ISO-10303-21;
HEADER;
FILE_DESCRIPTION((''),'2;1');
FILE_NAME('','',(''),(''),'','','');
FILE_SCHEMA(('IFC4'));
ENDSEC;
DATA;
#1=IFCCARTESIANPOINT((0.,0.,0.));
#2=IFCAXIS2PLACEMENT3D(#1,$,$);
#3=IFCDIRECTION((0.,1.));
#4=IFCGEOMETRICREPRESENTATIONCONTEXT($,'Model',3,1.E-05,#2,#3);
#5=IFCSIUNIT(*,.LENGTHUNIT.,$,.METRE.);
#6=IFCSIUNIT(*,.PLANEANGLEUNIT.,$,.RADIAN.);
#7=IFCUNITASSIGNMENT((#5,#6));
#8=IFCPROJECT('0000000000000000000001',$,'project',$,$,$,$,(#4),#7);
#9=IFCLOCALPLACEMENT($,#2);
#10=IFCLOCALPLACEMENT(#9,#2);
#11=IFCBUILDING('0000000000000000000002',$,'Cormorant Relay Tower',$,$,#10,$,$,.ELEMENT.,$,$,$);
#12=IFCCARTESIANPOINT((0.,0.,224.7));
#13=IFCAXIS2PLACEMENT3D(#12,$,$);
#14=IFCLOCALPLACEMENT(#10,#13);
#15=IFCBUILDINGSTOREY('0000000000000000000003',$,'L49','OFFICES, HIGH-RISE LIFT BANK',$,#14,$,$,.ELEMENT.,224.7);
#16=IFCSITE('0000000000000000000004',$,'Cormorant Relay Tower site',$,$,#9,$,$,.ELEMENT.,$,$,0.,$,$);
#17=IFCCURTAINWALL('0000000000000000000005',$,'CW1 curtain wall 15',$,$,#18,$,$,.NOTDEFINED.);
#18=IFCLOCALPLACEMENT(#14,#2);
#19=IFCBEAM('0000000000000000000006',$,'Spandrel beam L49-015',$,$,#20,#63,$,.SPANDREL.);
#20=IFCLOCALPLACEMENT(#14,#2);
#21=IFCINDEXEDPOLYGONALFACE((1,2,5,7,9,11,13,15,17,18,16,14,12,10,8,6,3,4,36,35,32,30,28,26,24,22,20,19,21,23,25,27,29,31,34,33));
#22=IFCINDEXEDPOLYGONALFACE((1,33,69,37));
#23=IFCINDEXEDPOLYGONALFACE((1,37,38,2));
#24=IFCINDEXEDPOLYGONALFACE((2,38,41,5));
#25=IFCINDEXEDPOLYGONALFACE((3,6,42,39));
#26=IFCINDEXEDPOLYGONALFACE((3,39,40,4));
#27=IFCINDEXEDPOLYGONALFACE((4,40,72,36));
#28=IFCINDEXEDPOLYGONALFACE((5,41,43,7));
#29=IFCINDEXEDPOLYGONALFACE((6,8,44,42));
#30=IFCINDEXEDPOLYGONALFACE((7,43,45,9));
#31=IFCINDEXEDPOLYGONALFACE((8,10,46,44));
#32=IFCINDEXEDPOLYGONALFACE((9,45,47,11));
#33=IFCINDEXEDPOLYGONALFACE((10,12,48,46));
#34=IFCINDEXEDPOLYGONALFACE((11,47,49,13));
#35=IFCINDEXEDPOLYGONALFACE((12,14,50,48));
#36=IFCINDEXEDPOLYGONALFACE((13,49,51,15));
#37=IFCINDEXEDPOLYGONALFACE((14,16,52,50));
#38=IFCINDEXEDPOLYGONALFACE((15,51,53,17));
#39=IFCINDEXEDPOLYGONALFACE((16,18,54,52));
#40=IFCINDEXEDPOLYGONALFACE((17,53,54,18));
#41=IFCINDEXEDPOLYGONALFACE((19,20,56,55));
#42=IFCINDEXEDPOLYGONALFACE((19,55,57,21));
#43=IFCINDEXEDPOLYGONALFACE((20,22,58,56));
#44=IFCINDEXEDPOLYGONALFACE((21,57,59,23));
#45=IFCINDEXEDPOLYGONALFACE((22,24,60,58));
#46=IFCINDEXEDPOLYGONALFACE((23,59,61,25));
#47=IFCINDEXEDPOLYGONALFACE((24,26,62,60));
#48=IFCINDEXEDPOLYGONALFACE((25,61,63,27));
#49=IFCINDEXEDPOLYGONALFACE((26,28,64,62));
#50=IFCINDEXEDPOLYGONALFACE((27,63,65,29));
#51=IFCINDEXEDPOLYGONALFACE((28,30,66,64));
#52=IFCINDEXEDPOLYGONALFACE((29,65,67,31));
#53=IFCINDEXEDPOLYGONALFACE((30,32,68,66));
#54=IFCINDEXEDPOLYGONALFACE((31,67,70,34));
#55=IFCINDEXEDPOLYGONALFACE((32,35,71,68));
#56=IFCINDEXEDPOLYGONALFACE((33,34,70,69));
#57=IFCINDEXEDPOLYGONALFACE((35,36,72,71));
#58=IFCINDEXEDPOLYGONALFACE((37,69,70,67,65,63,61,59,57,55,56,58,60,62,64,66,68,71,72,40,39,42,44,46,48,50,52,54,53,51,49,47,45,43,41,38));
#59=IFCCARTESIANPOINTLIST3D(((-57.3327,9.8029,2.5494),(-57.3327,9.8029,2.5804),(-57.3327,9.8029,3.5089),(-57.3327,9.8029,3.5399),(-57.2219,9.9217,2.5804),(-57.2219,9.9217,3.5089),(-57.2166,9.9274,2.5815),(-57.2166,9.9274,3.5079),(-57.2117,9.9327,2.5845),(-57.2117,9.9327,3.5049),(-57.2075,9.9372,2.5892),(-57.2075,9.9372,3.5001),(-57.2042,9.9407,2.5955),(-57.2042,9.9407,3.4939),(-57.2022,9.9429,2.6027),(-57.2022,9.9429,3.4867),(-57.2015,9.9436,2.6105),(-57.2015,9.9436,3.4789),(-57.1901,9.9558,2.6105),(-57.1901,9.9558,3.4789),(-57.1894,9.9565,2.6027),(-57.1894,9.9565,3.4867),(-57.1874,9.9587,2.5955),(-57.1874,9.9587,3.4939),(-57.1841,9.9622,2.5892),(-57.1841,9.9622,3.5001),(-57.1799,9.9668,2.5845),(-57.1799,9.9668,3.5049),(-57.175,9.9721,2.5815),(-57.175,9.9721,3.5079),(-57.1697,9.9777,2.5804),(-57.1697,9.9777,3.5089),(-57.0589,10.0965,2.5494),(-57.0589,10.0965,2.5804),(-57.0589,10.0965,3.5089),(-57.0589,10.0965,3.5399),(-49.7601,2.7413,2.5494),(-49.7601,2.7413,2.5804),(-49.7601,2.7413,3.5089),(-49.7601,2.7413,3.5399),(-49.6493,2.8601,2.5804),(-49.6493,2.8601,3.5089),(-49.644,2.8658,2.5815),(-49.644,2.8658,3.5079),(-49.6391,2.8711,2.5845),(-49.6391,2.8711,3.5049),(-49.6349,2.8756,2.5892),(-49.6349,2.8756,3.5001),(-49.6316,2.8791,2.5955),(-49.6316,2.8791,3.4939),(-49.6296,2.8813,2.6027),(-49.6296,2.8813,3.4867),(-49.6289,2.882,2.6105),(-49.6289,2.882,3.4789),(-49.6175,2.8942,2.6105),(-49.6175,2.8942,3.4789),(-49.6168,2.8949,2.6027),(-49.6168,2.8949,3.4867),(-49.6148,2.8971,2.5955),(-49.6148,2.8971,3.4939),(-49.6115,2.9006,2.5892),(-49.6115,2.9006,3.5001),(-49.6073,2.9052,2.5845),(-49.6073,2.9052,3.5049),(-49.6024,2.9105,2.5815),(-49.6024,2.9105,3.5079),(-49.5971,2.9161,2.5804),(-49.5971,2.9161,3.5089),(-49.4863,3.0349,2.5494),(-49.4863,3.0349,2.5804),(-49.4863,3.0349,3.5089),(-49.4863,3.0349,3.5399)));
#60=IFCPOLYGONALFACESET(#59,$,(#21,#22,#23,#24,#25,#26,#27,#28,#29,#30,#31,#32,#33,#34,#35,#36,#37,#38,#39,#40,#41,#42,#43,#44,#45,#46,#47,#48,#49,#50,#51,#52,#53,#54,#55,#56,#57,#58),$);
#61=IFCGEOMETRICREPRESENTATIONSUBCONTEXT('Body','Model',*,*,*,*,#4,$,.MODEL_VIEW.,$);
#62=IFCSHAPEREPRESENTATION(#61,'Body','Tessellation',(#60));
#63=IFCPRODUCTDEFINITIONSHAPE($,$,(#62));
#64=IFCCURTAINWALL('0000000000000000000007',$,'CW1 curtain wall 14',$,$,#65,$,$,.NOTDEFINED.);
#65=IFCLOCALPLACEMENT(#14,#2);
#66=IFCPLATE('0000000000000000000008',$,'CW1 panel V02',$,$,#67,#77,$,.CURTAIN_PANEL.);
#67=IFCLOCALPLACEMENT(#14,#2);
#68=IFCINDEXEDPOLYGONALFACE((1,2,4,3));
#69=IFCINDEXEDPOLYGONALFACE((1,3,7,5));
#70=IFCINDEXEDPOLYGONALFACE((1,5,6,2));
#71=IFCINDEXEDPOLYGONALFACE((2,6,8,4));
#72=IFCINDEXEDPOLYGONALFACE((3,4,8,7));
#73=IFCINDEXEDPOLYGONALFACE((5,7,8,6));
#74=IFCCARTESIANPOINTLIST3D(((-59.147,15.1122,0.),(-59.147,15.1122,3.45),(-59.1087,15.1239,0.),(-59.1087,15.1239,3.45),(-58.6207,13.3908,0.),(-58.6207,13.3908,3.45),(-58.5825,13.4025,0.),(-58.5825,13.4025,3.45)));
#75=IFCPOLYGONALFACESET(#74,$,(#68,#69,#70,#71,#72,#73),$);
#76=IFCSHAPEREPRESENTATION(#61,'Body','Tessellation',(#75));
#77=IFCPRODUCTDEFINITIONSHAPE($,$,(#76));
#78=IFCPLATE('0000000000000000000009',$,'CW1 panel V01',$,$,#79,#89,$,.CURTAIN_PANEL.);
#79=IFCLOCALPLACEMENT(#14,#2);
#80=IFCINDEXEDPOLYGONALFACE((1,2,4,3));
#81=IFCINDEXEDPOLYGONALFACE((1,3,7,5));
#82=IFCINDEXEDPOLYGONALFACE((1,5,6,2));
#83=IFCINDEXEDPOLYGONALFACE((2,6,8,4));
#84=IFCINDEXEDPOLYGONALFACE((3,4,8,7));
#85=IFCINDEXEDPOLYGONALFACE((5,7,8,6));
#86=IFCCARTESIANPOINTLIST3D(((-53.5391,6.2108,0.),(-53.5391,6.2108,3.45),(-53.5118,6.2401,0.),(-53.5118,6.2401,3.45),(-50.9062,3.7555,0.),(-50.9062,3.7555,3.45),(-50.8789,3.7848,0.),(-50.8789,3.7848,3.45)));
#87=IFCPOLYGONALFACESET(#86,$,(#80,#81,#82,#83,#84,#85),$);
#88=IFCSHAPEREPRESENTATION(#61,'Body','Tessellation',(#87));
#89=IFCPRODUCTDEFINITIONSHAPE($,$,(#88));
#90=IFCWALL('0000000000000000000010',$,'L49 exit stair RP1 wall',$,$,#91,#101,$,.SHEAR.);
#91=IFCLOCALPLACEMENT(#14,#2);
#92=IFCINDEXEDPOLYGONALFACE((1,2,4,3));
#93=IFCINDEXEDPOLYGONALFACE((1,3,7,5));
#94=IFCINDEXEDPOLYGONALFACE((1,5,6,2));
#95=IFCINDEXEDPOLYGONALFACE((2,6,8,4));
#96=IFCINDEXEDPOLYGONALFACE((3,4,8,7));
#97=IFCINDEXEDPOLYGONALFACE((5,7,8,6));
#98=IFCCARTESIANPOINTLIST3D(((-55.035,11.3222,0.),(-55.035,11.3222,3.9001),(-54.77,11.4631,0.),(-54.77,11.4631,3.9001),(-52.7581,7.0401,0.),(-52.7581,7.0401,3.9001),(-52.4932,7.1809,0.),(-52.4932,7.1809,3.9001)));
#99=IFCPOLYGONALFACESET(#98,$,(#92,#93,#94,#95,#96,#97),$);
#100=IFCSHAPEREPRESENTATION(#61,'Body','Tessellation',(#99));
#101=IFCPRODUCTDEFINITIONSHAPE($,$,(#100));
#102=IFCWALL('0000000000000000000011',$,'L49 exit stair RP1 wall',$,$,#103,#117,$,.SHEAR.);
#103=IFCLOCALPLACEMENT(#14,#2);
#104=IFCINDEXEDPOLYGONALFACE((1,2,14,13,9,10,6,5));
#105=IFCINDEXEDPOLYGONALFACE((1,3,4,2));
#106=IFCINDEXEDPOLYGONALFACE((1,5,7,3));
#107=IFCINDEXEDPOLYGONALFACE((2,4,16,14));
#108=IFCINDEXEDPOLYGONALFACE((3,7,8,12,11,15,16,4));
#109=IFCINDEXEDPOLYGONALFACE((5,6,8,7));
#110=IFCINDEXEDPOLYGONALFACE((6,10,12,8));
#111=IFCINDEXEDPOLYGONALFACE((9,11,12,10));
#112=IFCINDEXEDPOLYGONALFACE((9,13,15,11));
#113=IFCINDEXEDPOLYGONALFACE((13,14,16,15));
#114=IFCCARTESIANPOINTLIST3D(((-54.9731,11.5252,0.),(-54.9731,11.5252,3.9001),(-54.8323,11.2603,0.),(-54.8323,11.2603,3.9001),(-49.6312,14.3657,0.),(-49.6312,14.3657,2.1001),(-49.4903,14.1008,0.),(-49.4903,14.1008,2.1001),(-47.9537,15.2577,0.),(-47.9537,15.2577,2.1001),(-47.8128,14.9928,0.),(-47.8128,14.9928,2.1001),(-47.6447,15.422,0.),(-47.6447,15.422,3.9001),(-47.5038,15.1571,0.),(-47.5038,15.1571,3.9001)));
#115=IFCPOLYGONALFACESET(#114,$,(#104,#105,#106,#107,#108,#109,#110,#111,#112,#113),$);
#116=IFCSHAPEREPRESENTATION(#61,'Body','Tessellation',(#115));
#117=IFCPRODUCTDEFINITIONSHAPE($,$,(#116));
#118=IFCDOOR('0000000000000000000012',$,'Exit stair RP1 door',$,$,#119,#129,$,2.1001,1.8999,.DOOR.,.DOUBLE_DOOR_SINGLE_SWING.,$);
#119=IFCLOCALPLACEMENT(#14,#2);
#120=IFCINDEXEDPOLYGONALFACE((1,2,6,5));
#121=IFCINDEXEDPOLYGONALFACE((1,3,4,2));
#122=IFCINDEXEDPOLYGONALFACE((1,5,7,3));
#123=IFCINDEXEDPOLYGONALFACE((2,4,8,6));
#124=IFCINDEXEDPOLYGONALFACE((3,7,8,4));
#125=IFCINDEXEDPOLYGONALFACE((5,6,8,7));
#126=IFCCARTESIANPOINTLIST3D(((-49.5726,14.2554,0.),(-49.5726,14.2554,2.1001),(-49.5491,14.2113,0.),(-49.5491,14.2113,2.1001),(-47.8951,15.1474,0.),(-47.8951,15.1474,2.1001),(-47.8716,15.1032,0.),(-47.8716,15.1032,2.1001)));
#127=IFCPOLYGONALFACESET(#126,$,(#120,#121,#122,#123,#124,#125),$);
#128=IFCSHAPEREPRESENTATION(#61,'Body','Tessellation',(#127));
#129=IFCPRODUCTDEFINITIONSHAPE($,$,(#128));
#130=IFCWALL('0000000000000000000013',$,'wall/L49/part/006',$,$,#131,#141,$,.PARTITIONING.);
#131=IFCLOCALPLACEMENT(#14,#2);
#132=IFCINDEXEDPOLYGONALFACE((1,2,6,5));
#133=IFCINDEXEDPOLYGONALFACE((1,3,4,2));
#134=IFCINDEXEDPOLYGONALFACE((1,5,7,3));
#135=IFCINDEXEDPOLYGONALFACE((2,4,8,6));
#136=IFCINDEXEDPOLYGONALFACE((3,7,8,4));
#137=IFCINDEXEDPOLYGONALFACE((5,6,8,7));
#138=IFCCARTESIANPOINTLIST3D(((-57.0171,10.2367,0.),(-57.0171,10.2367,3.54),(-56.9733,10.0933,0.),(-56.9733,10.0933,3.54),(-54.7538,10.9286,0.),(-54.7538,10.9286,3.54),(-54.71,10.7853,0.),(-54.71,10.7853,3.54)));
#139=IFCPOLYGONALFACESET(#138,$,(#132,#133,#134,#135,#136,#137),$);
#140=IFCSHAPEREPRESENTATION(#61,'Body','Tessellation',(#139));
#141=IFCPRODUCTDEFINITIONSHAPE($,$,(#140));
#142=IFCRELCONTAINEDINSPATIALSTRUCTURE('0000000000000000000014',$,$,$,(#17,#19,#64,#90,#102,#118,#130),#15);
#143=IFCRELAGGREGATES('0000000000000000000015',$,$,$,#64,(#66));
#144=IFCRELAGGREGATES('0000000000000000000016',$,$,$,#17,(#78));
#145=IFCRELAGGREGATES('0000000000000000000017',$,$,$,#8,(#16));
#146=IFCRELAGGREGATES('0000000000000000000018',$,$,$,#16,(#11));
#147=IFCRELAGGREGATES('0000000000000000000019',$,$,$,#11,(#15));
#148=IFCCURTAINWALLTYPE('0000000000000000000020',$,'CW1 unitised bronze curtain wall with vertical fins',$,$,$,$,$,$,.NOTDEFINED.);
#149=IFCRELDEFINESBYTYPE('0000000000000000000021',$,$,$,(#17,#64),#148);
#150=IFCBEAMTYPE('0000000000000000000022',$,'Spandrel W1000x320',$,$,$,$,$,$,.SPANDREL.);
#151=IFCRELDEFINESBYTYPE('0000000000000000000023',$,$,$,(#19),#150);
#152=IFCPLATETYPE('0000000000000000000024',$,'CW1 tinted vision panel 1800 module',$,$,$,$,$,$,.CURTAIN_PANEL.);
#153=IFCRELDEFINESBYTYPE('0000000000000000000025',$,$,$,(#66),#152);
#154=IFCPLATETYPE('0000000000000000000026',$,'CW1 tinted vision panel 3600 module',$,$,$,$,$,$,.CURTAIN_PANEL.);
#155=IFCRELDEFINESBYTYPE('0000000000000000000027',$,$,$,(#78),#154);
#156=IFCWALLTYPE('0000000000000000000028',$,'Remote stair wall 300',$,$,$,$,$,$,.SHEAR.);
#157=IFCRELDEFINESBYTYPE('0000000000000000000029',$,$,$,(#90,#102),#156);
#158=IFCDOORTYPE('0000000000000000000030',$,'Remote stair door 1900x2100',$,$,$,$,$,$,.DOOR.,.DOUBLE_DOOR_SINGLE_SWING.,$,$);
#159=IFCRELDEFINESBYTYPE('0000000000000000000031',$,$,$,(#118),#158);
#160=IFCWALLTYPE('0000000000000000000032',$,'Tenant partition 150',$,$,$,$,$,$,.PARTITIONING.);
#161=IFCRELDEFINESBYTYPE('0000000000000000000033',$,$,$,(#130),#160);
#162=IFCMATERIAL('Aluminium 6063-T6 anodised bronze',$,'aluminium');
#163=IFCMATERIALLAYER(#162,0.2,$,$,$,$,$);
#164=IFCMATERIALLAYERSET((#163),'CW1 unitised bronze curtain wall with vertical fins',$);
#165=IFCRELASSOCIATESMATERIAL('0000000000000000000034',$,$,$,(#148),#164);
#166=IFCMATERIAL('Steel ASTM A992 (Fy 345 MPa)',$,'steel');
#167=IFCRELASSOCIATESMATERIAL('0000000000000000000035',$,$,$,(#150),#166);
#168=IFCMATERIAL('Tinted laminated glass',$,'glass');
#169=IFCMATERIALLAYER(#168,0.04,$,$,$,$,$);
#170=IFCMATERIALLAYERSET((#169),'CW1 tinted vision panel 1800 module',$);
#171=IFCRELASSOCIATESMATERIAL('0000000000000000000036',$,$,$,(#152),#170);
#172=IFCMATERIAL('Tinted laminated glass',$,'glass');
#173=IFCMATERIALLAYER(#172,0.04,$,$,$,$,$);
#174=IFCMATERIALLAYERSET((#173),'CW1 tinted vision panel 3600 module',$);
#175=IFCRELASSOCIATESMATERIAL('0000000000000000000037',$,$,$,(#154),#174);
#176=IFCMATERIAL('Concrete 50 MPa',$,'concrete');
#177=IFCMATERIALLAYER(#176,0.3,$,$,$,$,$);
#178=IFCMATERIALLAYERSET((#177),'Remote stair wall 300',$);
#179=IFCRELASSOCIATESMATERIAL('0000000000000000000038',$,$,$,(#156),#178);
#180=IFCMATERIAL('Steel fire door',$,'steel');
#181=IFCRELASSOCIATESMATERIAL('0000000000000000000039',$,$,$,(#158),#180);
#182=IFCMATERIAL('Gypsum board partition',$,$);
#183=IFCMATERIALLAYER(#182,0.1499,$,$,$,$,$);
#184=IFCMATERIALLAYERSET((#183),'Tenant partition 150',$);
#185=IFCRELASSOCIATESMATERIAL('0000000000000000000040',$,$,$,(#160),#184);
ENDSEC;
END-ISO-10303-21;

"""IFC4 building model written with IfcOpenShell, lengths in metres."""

from ifc_helpers import new_model, si_unit, direction, frame, frame_2d, origin, origin_2d, place, context, subcontext, project, spatial, rectangle, i_section, extrude, material, layer, layer_set, material_profile, profile_set, type_object, element, fill, aggregate, save


model = new_model("IFC4")

# Units and contexts
model_context = context("Model", 3, precision=1e-05, world=origin(), true_north=direction((0.0, 1.0)))
body_context = subcontext(model_context, "Body", "Model", "MODEL_VIEW")
ifc_project = project(units=[si_unit("LENGTHUNIT", "METRE"), si_unit("PLANEANGLEUNIT", "RADIAN")], contexts=[model_context])

# Site, building, storey
site_placement = place(None, origin())
site = spatial("IfcSite", under=ifc_project, at=site_placement, Name="Cormorant Relay Tower site", CompositionType="ELEMENT", RefElevation=0.0)
building_placement = place(site_placement, origin())
building = spatial("IfcBuilding", under=site, at=building_placement, Name="Cormorant Relay Tower", CompositionType="ELEMENT")
storey_placement = place(building_placement, frame((0.0, 0.0, 224.7)))
storey = spatial("IfcBuildingStorey", under=building, at=storey_placement, Name="L49", Description="OFFICES, HIGH-RISE LIFT BANK", CompositionType="ELEMENT", Elevation=224.7)

# Curtain wall
ifc_material_1 = material(Name="Aluminium 6063-T6 anodised bronze", Category="aluminium")
ifc_layer_1 = layer(ifc_material_1, 0.2)
ifc_layer_set_1 = layer_set([ifc_layer_1], Name="CW1 unitised bronze curtain wall with vertical fins")
curtain_wall_type = type_object("IfcCurtainWallType", Name="CW1 unitised bronze curtain wall with vertical fins", PredefinedType="NOTDEFINED", material=ifc_layer_set_1)
curtain_wall_1_placement = place(storey_placement, origin())
curtain_wall_1 = element("IfcCurtainWall", 1, at=curtain_wall_1_placement, inside=storey, type_object=curtain_wall_type, Name="CW1 curtain wall 15", PredefinedType="NOTDEFINED")

# Beam
ifc_material_2 = material(Name="Steel ASTM A992 (Fy 345 MPa)", Category="steel")
ifc_material_profile_1 = material_profile(ifc_material_2, i_section(OverallWidth=0.4014, OverallDepth=0.9905, WebThickness=0.0166, FlangeThickness=0.031, FilletRadius=0.03, at=origin_2d()), Name="W1000x320")
ifc_profile_set_1 = profile_set([ifc_material_profile_1], Name="Steel ASTM A992 (Fy 345 MPa)")
beam_type = type_object("IfcBeamType", Name="Spandrel W1000x320", PredefinedType="SPANDREL", material=ifc_profile_set_1)
beam_placement = place(storey_placement, frame((-57.1958, 9.9497, 3.0447), z_axis=(0.731352, -0.682001, 0.0), x_axis=(0.682001, 0.731352, 0.0)))
element("IfcBeam", 2, at=beam_placement, inside=storey, type_object=beam_type, Name="Spandrel beam L49-015", PredefinedType="SPANDREL", context=body_context, shape_type="SweptSolid", body=[
    extrude(i_section(OverallWidth=0.4014, OverallDepth=0.9905, WebThickness=0.0166, FlangeThickness=0.031, FilletRadius=0.03, at=origin_2d()), origin(), (0.0, 0.0, 1.0), 10.3542),
])

# Curtain wall, plate
curtain_wall_2_placement = place(storey_placement, origin())
curtain_wall_2 = element("IfcCurtainWall", 3, at=curtain_wall_2_placement, inside=storey, type_object=curtain_wall_type, Name="CW1 curtain wall 14", PredefinedType="NOTDEFINED")
ifc_material_3 = material(Name="Tinted laminated glass", Category="glass")
ifc_layer_2 = layer(ifc_material_3, 0.04)
ifc_layer_set_2 = layer_set([ifc_layer_2], Name="CW1 tinted vision panel 1800 module")
plate_type_1 = type_object("IfcPlateType", Name="CW1 tinted vision panel 1800 module", PredefinedType="CURTAIN_PANEL", material=ifc_layer_set_2)
plate_1_placement = place(storey_placement, frame((-58.8647, 14.2573, 0.0), z_axis=(0.0, 0.0, 1.0), x_axis=(0.292372, -0.956305, 0.0)))
plate_1 = element("IfcPlate", 4, at=plate_1_placement, type_object=plate_type_1, Name="CW1 panel V02", PredefinedType="CURTAIN_PANEL", context=body_context, shape_type="SweptSolid", body=[
    extrude(rectangle(XDim=1.8, YDim=0.04, at=origin_2d()), origin(), (0.0, 0.0, 1.0), 3.45),
])

# Plate
ifc_material_4 = material(Name="Tinted laminated glass", Category="glass")
ifc_layer_3 = layer(ifc_material_4, 0.04)
ifc_layer_set_3 = layer_set([ifc_layer_3], Name="CW1 tinted vision panel 3600 module")
plate_type_2 = type_object("IfcPlateType", Name="CW1 tinted vision panel 3600 module", PredefinedType="CURTAIN_PANEL", material=ifc_layer_set_3)
plate_2_placement = place(storey_placement, frame((-52.209, 4.9978, 0.0), z_axis=(0.0, 0.0, 1.0), x_axis=(0.731354, -0.681998, 0.0)))
plate_2 = element("IfcPlate", 5, at=plate_2_placement, type_object=plate_type_2, Name="CW1 panel V01", PredefinedType="CURTAIN_PANEL", context=body_context, shape_type="SweptSolid", body=[
    extrude(rectangle(XDim=3.6001, YDim=0.04, at=origin_2d()), origin(), (0.0, 0.0, 1.0), 3.45),
])

# Wall
ifc_material_5 = material(Name="Concrete 50 MPa", Category="concrete")
ifc_layer_4 = layer(ifc_material_5, 0.3)
ifc_layer_set_4 = layer_set([ifc_layer_4], Name="Remote stair wall 300")
wall_type_1 = type_object("IfcWallType", Name="Remote stair wall 300", PredefinedType="SHEAR", material=ifc_layer_set_4)
wall_1_placement = place(storey_placement, frame((-52.6257, 7.1106, 0.0), z_axis=(0.0, 0.0, 1.0), x_axis=(-0.469464, 0.882951, 0.0)))
element("IfcWall", 6, at=wall_1_placement, inside=storey, type_object=wall_type_1, Name="L49 exit stair RP1 wall", PredefinedType="SHEAR", context=body_context, shape_type="SweptSolid", body=[
    extrude(rectangle(XDim=4.8499, YDim=0.3, at=frame_2d((2.4248, 0.0))), origin(), (0.0, 0.0, 1.0), 3.9001),
])

# Wall, opening, door
wall_2_placement = place(storey_placement, frame((-54.9026, 11.3928, 0.0), z_axis=(0.0, 0.0, 1.0), x_axis=(0.882939, 0.469487, 0.0)))
wall_2 = element("IfcWall", 7, at=wall_2_placement, inside=storey, type_object=wall_type_1, Name="L49 exit stair RP1 wall", PredefinedType="SHEAR", context=body_context, shape_type="SweptSolid", body=[
    extrude(rectangle(XDim=8.3, YDim=0.3, at=frame_2d((4.1499, 0.0))), origin(), (0.0, 0.0, 1.0), 3.9001),
])
opening_placement = place(wall_2_placement, frame((6.05, 0.0, 0.0)))
opening = element("IfcOpeningElement", 8, at=opening_placement, cuts=wall_2, PredefinedType="OPENING", context=body_context, shape_type="SweptSolid", body=[
    extrude(rectangle(XDim=1.8999, YDim=2.1001, at=frame_2d((0.95, 1.05))), frame((0.0, 0.1599, 0.0), z_axis=(0.0, -1.0, 0.0), x_axis=(1.0, 0.0, 0.0)), (0.0, 0.0, 1.0), 0.3201),
])
ifc_material_6 = material(Name="Steel fire door", Category="steel")
door_type = type_object("IfcDoorType", Name="Remote stair door 1900x2100", OperationType="DOUBLE_DOOR_SINGLE_SWING", PredefinedType="DOOR", material=ifc_material_6)
door_placement = place(opening_placement, frame((1.8999, 0.0, 0.0), z_axis=(0.0, 0.0, 1.0), x_axis=(-1.0, 0.0, 0.0)))
door = element("IfcDoor", 9, at=door_placement, inside=storey, type_object=door_type, Name="Exit stair RP1 door", OperationType="DOUBLE_DOOR_SINGLE_SWING", OverallHeight=2.1001, OverallWidth=1.8999, PredefinedType="DOOR", context=body_context, shape_type="SweptSolid", body=[
    extrude(rectangle(XDim=1.8999, YDim=2.1001, at=frame_2d((0.95, 1.05))), frame((0.0, 0.0249, 0.0), z_axis=(0.0, -1.0, 0.0), x_axis=(1.0, 0.0, 0.0)), (0.0, 0.0, 1.0), 0.05),
])
fill(opening, door)

# Wall
ifc_material_7 = material(Name="Gypsum board partition")
ifc_layer_5 = layer(ifc_material_7, 0.1499)
ifc_layer_set_5 = layer_set([ifc_layer_5], Name="Tenant partition 150")
wall_type_2 = type_object("IfcWallType", Name="Tenant partition 150", PredefinedType="PARTITIONING", material=ifc_layer_set_5)
wall_3_placement = place(storey_placement, frame((-54.7319, 10.8569, 0.0), z_axis=(0.0, 0.0, 1.0), x_axis=(-0.956308, -0.29236, 0.0)))
element("IfcWall", 10, at=wall_3_placement, inside=storey, type_object=wall_type_2, Name="wall/L49/part/006", PredefinedType="PARTITIONING", context=body_context, shape_type="SweptSolid", body=[
    extrude(rectangle(XDim=2.3667, YDim=0.1499, at=frame_2d((1.1833, 0.0))), origin(), (0.0, 0.0, 1.0), 3.54),
])

aggregate(curtain_wall_2, [plate_1])
aggregate(curtain_wall_1, [plate_2])

save(model, "model.ifc")
